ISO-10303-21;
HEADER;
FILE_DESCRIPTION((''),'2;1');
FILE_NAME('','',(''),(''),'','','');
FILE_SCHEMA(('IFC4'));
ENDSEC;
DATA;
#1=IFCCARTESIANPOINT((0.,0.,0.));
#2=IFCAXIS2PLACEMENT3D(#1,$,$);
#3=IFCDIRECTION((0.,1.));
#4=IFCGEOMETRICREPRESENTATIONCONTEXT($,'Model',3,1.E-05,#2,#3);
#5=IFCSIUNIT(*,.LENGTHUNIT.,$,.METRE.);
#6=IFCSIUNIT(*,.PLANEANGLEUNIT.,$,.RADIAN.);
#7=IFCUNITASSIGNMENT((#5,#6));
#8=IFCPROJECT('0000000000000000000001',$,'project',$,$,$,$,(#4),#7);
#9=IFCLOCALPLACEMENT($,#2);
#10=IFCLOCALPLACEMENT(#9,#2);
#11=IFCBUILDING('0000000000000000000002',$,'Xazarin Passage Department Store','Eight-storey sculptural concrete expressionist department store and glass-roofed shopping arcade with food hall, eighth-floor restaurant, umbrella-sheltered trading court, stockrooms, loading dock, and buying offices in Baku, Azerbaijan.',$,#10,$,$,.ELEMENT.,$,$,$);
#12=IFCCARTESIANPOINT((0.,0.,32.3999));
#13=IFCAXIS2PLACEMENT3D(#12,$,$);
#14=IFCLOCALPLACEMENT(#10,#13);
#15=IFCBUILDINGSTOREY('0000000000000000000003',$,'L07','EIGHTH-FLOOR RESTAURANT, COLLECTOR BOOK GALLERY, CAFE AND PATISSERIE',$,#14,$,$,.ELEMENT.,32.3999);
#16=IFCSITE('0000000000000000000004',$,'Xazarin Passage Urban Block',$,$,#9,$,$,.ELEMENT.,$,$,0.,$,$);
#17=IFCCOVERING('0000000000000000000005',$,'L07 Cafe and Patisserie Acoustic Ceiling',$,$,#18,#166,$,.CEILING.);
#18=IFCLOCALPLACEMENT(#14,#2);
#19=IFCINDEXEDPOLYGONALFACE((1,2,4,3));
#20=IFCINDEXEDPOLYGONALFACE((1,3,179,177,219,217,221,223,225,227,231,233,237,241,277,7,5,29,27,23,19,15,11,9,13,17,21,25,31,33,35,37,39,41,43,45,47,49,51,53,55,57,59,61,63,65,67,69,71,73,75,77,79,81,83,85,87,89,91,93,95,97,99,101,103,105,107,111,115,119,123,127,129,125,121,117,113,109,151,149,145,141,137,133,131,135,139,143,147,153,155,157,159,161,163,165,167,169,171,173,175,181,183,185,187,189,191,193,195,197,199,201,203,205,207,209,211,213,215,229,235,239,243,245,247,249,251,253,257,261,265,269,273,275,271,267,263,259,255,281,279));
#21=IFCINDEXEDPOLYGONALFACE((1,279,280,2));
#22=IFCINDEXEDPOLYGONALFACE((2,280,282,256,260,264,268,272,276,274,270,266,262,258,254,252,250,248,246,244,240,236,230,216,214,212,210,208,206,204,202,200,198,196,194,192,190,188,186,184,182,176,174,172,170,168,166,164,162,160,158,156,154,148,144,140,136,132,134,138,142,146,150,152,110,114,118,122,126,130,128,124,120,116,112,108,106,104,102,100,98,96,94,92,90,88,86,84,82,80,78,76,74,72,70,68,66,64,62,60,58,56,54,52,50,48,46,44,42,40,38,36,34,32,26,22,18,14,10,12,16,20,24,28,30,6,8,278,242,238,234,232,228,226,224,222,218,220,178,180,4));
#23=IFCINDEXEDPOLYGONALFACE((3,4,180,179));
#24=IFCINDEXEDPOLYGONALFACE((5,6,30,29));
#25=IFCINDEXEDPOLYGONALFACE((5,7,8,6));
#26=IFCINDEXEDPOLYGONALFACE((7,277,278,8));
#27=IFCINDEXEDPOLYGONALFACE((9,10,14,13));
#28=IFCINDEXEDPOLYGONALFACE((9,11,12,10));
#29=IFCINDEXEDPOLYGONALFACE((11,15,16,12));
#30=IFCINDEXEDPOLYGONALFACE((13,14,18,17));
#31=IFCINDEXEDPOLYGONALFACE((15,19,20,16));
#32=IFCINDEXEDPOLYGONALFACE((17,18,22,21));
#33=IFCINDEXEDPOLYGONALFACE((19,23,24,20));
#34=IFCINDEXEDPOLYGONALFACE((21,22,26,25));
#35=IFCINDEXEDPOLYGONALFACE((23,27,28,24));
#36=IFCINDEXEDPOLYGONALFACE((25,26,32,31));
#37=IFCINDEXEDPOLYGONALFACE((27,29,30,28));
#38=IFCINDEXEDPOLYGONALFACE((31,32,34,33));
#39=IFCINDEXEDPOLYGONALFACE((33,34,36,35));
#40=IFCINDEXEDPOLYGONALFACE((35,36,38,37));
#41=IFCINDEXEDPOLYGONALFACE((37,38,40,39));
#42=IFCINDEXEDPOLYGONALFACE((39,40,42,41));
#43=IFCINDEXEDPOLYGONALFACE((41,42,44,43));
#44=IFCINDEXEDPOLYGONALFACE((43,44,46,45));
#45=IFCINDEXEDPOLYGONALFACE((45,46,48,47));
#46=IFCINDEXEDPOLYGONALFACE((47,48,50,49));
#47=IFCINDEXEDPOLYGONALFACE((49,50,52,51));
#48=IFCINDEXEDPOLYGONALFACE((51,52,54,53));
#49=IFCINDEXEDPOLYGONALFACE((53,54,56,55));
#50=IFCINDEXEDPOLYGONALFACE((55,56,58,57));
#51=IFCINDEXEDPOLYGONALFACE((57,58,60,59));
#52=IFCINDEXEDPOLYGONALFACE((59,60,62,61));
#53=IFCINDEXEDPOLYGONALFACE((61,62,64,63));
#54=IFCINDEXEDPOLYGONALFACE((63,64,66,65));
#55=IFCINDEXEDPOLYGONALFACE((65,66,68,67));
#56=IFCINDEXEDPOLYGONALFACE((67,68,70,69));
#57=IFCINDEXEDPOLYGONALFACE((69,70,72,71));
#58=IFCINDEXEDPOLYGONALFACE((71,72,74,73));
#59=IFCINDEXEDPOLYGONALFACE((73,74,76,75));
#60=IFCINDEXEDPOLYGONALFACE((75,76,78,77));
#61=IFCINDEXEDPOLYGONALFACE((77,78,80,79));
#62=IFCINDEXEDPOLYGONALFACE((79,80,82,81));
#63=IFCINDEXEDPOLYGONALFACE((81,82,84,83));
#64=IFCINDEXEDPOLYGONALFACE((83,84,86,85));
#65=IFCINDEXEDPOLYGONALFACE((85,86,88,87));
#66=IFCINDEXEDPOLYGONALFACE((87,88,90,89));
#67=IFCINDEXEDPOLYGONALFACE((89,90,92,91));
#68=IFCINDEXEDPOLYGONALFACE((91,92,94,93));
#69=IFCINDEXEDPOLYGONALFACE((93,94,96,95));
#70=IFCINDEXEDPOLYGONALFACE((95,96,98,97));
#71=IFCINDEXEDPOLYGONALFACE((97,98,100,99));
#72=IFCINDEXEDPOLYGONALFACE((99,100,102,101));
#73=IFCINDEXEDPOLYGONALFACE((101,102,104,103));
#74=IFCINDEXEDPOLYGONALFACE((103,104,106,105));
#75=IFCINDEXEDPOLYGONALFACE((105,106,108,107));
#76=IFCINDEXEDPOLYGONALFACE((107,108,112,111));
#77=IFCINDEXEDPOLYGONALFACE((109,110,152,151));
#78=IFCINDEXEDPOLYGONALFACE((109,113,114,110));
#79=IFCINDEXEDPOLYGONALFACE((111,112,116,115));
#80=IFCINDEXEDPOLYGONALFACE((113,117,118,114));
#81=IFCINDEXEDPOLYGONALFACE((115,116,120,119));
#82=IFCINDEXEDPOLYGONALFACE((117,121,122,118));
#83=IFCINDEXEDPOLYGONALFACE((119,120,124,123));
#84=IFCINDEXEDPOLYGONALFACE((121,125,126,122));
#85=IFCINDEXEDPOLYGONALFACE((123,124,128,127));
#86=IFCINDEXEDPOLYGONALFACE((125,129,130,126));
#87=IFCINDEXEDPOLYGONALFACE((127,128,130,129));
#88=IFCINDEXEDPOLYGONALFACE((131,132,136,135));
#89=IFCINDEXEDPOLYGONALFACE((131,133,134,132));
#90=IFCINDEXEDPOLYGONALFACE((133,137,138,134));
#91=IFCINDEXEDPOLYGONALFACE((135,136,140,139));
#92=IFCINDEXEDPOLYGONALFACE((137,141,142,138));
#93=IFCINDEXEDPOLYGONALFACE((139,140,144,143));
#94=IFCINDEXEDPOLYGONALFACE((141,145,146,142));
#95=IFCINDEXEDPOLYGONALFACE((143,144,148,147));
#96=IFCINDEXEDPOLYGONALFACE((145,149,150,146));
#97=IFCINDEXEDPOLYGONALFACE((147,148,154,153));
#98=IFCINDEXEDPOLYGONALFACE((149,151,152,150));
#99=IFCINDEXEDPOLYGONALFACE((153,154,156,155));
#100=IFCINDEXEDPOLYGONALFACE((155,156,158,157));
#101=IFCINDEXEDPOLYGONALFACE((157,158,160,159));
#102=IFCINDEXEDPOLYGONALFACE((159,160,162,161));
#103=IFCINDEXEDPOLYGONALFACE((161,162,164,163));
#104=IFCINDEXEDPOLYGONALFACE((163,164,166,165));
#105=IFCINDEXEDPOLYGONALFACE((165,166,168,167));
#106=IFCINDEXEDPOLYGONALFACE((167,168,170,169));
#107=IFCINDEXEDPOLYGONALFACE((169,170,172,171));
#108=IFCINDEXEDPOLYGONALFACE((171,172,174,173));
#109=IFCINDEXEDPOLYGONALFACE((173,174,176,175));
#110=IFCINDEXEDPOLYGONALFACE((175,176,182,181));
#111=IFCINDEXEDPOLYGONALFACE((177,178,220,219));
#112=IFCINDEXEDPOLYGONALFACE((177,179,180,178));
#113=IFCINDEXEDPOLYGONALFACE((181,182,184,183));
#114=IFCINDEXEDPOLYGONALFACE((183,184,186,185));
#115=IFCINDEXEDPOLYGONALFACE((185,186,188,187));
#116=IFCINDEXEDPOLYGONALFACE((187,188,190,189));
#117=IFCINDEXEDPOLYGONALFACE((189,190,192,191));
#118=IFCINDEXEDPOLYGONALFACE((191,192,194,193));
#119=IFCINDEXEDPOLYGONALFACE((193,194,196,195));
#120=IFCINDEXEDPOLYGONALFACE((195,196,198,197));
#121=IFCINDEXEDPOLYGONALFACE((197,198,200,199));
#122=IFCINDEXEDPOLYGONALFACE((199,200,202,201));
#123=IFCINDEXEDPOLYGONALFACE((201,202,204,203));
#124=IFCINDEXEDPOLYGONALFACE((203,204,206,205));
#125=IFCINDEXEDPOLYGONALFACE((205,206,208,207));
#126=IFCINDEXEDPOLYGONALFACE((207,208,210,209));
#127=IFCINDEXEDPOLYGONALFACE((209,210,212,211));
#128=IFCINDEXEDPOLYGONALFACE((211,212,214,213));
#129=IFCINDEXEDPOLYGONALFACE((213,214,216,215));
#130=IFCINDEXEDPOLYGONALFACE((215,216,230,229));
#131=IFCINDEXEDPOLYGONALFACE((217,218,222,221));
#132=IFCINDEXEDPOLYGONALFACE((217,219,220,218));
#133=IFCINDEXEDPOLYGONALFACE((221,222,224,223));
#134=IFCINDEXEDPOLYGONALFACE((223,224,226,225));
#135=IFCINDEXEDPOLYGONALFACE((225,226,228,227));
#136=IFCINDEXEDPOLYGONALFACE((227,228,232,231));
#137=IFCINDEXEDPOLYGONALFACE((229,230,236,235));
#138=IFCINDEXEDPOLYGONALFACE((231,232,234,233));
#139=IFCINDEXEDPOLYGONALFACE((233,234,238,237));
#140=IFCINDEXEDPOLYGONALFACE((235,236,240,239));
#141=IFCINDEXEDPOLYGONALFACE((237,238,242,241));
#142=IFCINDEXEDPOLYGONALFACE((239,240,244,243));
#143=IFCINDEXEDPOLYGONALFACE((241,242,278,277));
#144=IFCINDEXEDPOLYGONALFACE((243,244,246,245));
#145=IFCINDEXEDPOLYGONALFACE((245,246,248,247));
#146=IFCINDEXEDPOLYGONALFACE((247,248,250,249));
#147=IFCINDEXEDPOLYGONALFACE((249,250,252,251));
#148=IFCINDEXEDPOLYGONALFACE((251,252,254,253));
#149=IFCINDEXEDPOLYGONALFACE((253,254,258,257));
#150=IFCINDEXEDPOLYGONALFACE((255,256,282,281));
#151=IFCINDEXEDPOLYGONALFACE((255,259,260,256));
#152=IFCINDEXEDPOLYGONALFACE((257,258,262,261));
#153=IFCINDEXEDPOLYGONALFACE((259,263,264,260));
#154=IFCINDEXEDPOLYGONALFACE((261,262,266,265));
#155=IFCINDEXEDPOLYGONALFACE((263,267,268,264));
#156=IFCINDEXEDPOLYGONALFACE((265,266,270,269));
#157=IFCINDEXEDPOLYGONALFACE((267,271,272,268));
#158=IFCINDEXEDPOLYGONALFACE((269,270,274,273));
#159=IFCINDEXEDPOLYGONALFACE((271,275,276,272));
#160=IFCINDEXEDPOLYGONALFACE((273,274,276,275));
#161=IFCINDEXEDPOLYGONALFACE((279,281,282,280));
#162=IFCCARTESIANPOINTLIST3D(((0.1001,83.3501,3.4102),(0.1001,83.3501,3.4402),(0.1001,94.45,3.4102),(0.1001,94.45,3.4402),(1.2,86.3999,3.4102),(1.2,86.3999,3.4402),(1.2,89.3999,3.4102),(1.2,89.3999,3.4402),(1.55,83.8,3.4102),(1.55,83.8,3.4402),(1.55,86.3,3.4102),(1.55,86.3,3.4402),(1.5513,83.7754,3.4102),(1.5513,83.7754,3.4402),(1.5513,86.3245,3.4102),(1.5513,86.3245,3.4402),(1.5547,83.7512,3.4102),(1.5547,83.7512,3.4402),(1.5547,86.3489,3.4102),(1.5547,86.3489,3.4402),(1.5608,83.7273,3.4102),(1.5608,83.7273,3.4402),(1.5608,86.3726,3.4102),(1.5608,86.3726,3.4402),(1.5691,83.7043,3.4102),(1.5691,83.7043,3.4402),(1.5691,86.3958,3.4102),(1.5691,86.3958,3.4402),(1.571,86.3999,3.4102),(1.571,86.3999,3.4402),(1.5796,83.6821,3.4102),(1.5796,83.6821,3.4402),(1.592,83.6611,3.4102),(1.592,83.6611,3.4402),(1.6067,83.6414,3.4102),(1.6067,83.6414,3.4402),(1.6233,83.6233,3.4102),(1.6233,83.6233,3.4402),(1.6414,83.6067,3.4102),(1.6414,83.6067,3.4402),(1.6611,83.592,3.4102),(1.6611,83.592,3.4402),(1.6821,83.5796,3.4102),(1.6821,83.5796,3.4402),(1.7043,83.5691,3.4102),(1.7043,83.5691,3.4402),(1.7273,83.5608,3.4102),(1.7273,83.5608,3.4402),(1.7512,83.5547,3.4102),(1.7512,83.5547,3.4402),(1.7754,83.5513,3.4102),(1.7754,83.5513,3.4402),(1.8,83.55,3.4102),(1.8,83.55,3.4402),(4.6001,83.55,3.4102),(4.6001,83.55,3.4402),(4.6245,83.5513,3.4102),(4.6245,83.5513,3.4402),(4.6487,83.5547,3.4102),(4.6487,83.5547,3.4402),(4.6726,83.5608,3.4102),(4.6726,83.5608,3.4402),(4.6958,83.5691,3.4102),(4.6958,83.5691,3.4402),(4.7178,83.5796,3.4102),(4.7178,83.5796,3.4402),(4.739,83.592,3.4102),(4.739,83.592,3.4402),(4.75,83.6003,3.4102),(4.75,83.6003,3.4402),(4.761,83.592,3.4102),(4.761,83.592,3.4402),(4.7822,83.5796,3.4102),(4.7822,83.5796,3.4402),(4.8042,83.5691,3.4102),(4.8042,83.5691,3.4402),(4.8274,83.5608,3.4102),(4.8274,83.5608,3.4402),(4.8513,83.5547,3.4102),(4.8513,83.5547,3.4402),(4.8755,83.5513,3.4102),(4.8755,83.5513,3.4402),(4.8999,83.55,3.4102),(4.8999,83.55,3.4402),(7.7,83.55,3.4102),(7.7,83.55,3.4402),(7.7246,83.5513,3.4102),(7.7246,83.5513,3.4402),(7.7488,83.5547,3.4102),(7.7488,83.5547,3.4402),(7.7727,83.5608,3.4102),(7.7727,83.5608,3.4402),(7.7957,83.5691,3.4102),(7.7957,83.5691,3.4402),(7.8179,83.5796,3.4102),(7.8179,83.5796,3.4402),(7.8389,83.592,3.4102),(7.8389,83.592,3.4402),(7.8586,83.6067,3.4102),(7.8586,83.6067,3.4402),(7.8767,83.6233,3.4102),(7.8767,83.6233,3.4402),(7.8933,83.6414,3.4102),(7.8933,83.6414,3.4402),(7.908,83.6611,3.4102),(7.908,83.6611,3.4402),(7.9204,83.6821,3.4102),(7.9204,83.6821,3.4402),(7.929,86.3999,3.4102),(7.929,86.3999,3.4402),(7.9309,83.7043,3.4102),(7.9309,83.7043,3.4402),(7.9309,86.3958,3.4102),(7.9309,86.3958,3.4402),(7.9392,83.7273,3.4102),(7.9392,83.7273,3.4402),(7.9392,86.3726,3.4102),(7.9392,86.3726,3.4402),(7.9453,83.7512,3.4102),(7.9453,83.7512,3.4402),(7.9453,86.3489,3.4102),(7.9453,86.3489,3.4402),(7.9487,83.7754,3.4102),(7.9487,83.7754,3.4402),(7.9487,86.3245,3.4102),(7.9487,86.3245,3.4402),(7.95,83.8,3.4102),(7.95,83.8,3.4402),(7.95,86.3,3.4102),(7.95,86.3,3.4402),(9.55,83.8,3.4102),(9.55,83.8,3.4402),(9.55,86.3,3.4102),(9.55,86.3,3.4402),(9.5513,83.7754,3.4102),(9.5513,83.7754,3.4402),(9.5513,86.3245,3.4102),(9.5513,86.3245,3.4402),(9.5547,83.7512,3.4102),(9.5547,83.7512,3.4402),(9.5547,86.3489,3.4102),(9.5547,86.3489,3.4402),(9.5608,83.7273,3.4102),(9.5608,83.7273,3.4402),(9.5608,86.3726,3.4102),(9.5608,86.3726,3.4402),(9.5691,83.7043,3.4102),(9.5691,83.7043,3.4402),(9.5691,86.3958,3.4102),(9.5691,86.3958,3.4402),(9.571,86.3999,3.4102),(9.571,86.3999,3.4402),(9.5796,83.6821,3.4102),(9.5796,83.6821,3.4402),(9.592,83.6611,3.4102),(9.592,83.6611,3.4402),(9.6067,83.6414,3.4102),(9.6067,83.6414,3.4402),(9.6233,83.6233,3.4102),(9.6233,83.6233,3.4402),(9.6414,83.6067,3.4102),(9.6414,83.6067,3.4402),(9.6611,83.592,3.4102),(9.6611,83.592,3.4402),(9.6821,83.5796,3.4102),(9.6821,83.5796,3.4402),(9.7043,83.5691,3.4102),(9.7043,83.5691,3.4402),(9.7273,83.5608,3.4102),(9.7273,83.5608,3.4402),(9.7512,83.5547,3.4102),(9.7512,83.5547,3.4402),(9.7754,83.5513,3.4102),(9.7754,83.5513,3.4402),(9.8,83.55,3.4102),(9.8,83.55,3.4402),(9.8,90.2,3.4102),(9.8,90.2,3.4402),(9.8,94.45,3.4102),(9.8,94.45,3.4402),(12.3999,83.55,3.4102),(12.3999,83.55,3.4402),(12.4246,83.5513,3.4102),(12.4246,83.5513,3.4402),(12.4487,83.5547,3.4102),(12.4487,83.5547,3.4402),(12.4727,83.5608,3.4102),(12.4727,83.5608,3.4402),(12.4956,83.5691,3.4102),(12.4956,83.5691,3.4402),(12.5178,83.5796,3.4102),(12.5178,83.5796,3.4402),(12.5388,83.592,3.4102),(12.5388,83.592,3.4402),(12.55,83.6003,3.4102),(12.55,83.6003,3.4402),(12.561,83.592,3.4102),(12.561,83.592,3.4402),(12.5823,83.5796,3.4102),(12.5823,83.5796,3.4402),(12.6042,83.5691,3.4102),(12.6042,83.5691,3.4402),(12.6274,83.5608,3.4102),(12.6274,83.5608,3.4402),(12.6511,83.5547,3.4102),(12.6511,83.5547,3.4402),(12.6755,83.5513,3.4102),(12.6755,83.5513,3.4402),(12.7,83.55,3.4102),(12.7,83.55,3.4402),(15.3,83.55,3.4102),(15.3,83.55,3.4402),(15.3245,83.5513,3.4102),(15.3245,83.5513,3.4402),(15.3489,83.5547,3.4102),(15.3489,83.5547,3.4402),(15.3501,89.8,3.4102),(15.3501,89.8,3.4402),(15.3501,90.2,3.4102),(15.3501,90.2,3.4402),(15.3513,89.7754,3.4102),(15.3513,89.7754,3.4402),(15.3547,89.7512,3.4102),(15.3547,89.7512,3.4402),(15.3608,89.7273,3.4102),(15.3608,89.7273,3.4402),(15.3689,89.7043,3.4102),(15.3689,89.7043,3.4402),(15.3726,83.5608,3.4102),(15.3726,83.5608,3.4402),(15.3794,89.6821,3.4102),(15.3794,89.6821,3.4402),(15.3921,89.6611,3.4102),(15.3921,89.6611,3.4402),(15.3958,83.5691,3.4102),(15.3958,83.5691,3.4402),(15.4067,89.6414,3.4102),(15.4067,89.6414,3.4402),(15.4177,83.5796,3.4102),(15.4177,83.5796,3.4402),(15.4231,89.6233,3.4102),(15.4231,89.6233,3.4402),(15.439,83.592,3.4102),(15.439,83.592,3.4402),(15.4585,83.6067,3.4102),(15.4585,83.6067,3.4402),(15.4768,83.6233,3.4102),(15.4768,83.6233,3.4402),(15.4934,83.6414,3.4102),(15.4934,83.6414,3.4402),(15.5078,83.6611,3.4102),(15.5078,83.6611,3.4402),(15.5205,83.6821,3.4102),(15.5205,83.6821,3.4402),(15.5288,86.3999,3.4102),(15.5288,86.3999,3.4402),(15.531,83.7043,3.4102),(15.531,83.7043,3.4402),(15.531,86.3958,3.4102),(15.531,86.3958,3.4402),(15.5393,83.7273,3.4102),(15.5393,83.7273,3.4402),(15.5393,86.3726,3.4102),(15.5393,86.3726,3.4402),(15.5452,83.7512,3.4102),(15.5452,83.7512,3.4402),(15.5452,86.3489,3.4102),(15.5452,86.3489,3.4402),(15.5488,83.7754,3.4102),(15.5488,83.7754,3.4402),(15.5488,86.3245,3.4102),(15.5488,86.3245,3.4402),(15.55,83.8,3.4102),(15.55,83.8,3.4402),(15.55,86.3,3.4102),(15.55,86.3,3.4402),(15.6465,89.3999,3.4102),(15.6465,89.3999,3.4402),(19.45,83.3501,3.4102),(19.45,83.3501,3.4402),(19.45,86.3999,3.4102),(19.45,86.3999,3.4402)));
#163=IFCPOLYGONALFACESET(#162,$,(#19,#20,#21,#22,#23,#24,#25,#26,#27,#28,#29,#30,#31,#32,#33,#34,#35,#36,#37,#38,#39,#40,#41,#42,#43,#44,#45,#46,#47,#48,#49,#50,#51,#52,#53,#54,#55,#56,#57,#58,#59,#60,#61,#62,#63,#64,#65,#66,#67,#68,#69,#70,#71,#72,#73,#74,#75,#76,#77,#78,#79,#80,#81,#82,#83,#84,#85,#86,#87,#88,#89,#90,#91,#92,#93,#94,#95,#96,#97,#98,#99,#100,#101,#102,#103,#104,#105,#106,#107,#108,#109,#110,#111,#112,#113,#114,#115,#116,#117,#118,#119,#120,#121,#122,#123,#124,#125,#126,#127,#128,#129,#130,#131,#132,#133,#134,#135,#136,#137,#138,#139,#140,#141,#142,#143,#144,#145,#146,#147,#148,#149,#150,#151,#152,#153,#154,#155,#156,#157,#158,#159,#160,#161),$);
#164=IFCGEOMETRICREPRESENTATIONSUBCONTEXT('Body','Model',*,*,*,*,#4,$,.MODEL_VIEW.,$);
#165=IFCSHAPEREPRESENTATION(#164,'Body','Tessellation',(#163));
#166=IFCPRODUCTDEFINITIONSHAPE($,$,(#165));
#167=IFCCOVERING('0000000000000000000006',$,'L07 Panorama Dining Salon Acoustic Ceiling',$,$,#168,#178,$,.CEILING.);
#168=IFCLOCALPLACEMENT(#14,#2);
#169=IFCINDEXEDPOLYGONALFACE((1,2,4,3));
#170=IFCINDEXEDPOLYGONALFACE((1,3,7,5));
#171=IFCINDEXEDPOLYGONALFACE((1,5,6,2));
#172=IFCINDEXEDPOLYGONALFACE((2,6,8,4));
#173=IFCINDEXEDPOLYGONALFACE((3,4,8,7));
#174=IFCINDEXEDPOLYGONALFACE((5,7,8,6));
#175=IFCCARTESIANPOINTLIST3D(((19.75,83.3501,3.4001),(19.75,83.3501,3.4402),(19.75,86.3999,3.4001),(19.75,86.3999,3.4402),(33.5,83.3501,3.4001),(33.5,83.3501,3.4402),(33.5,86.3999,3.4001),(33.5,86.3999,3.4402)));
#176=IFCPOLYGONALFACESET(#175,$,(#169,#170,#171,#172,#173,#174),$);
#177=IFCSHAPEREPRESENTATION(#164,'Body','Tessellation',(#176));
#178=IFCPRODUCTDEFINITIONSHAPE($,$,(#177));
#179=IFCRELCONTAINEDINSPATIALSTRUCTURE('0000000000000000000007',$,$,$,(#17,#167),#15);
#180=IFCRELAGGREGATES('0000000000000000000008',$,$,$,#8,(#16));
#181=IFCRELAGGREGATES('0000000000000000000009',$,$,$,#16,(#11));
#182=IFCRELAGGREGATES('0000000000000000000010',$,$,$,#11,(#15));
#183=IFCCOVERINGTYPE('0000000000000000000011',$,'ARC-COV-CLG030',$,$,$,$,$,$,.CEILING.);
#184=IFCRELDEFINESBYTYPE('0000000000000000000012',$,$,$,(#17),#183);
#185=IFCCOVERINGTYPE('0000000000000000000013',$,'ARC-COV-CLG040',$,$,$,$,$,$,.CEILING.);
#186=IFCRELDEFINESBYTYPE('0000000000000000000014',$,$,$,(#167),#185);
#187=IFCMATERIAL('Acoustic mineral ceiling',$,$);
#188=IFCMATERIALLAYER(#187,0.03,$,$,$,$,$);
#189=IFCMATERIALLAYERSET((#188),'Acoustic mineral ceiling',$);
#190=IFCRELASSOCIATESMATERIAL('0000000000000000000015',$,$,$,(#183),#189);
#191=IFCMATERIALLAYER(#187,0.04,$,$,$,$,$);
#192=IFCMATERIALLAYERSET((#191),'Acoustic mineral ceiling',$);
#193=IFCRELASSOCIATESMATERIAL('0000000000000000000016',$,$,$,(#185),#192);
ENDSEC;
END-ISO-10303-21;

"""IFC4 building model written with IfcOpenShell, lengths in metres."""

from ifc_helpers import new_model, si_unit, direction, frame, origin, place, context, subcontext, project, spatial, polyline, outline, extrude, material, layer, layer_set, type_object, element, save


model = new_model("IFC4")

# Units and contexts
model_context = context("Model", 3, precision=1e-05, world=origin(), true_north=direction((0.0, 1.0)))
body_context = subcontext(model_context, "Body", "Model", "MODEL_VIEW")
ifc_project = project(units=[si_unit("LENGTHUNIT", "METRE"), si_unit("PLANEANGLEUNIT", "RADIAN")], contexts=[model_context])

# Site, building, storey
site_placement = place(None, origin())
site = spatial("IfcSite", under=ifc_project, at=site_placement, Name="Xazarin Passage Urban Block", CompositionType="ELEMENT", RefElevation=0.0)
building_placement = place(site_placement, origin())
building = spatial("IfcBuilding", under=site, at=building_placement, Name="Xazarin Passage Department Store", Description="Eight-storey sculptural concrete expressionist department store and glass-roofed shopping arcade with food hall, eighth-floor restaurant, umbrella-sheltered trading court, stockrooms, loading dock, and buying offices in Baku, Azerbaijan.", CompositionType="ELEMENT")
storey_placement = place(building_placement, frame((0.0, 0.0, 32.3999)))
storey = spatial("IfcBuildingStorey", under=building, at=storey_placement, Name="L07", Description="EIGHTH-FLOOR RESTAURANT, COLLECTOR BOOK GALLERY, CAFE AND PATISSERIE", CompositionType="ELEMENT", Elevation=32.3999)

# Coverings
ifc_material_1 = material(Name="Acoustic mineral ceiling")
ifc_layer_1 = layer(ifc_material_1, 0.03)
ifc_layer_set_1 = layer_set([ifc_layer_1], Name="Acoustic mineral ceiling")
covering_type_1 = type_object("IfcCoveringType", Name="ARC-COV-CLG030", PredefinedType="CEILING", material=ifc_layer_set_1)
covering_1_placement = place(storey_placement, frame((0.0, 0.0, 3.4102)))
element("IfcCovering", 1, at=covering_1_placement, inside=storey, type_object=covering_type_1, Name="L07 Cafe and Patisserie Acoustic Ceiling", PredefinedType="CEILING", context=body_context, shape_type="SweptSolid", body=[
    extrude(outline(polyline([(9.8, 90.2), (9.8, 94.45), (0.1001, 94.45), (0.1001, 83.3501), (19.45, 83.3501), (19.45, 86.3999), (15.5288, 86.3999), (15.531, 86.3958), (15.5393, 86.3726), (15.5452, 86.3489), (15.5488, 86.3245), (15.55, 86.3), (15.55, 83.8), (15.5488, 83.7754), (15.5452, 83.7512), (15.5393, 83.7273), (15.531, 83.7043), (15.5205, 83.6821), (15.5078, 83.6611), (15.4934, 83.6414), (15.4768, 83.6233), (15.4585, 83.6067), (15.439, 83.592), (15.4177, 83.5796), (15.3958, 83.5691), (15.3726, 83.5608), (15.3489, 83.5547), (15.3245, 83.5513), (15.3, 83.55), (12.7, 83.55), (12.6755, 83.5513), (12.6511, 83.5547), (12.6274, 83.5608), (12.6042, 83.5691), (12.5823, 83.5796), (12.561, 83.592), (12.55, 83.6003), (12.5388, 83.592), (12.5178, 83.5796), (12.4956, 83.5691), (12.4727, 83.5608), (12.4487, 83.5547), (12.4246, 83.5513), (12.3999, 83.55), (9.8, 83.55), (9.7754, 83.5513), (9.7512, 83.5547), (9.7273, 83.5608), (9.7043, 83.5691), (9.6821, 83.5796), (9.6611, 83.592), (9.6414, 83.6067), (9.6233, 83.6233), (9.6067, 83.6414), (9.592, 83.6611), (9.5796, 83.6821), (9.5691, 83.7043), (9.5608, 83.7273), (9.5547, 83.7512), (9.5513, 83.7754), (9.55, 83.8), (9.55, 86.3), (9.5513, 86.3245), (9.5547, 86.3489), (9.5608, 86.3726), (9.5691, 86.3958), (9.571, 86.3999), (7.929, 86.3999), (7.9309, 86.3958), (7.9392, 86.3726), (7.9453, 86.3489), (7.9487, 86.3245), (7.95, 86.3), (7.95, 83.8), (7.9487, 83.7754), (7.9453, 83.7512), (7.9392, 83.7273), (7.9309, 83.7043), (7.9204, 83.6821), (7.908, 83.6611), (7.8933, 83.6414), (7.8767, 83.6233), (7.8586, 83.6067), (7.8389, 83.592), (7.8179, 83.5796), (7.7957, 83.5691), (7.7727, 83.5608), (7.7488, 83.5547), (7.7246, 83.5513), (7.7, 83.55), (4.8999, 83.55), (4.8755, 83.5513), (4.8513, 83.5547), (4.8274, 83.5608), (4.8042, 83.5691), (4.7822, 83.5796), (4.761, 83.592), (4.75, 83.6003), (4.739, 83.592), (4.7178, 83.5796), (4.6958, 83.5691), (4.6726, 83.5608), (4.6487, 83.5547), (4.6245, 83.5513), (4.6001, 83.55), (1.8, 83.55), (1.7754, 83.5513), (1.7512, 83.5547), (1.7273, 83.5608), (1.7043, 83.5691), (1.6821, 83.5796), (1.6611, 83.592), (1.6414, 83.6067), (1.6233, 83.6233), (1.6067, 83.6414), (1.592, 83.6611), (1.5796, 83.6821), (1.5691, 83.7043), (1.5608, 83.7273), (1.5547, 83.7512), (1.5513, 83.7754), (1.55, 83.8), (1.55, 86.3), (1.5513, 86.3245), (1.5547, 86.3489), (1.5608, 86.3726), (1.5691, 86.3958), (1.571, 86.3999), (1.2, 86.3999), (1.2, 89.3999), (15.6465, 89.3999), (15.4231, 89.6233), (15.4067, 89.6414), (15.3921, 89.6611), (15.3794, 89.6821), (15.3689, 89.7043), (15.3608, 89.7273), (15.3547, 89.7512), (15.3513, 89.7754), (15.3501, 89.8), (15.3501, 90.2), (9.8, 90.2)])), origin(), (0.0, 0.0, 1.0), 0.03),
])
ifc_layer_2 = layer(ifc_material_1, 0.04)
ifc_layer_set_2 = layer_set([ifc_layer_2], Name="Acoustic mineral ceiling")
covering_type_2 = type_object("IfcCoveringType", Name="ARC-COV-CLG040", PredefinedType="CEILING", material=ifc_layer_set_2)
covering_2_placement = place(storey_placement, frame((0.0, 0.0, 3.4001)))
element("IfcCovering", 2, at=covering_2_placement, inside=storey, type_object=covering_type_2, Name="L07 Panorama Dining Salon Acoustic Ceiling", PredefinedType="CEILING", context=body_context, shape_type="SweptSolid", body=[
    extrude(outline(polyline([(33.5, 86.3999), (19.75, 86.3999), (19.75, 83.3501), (33.5, 83.3501), (33.5, 86.3999)])), origin(), (0.0, 0.0, 1.0), 0.04),
])

save(model, "model.ifc")
